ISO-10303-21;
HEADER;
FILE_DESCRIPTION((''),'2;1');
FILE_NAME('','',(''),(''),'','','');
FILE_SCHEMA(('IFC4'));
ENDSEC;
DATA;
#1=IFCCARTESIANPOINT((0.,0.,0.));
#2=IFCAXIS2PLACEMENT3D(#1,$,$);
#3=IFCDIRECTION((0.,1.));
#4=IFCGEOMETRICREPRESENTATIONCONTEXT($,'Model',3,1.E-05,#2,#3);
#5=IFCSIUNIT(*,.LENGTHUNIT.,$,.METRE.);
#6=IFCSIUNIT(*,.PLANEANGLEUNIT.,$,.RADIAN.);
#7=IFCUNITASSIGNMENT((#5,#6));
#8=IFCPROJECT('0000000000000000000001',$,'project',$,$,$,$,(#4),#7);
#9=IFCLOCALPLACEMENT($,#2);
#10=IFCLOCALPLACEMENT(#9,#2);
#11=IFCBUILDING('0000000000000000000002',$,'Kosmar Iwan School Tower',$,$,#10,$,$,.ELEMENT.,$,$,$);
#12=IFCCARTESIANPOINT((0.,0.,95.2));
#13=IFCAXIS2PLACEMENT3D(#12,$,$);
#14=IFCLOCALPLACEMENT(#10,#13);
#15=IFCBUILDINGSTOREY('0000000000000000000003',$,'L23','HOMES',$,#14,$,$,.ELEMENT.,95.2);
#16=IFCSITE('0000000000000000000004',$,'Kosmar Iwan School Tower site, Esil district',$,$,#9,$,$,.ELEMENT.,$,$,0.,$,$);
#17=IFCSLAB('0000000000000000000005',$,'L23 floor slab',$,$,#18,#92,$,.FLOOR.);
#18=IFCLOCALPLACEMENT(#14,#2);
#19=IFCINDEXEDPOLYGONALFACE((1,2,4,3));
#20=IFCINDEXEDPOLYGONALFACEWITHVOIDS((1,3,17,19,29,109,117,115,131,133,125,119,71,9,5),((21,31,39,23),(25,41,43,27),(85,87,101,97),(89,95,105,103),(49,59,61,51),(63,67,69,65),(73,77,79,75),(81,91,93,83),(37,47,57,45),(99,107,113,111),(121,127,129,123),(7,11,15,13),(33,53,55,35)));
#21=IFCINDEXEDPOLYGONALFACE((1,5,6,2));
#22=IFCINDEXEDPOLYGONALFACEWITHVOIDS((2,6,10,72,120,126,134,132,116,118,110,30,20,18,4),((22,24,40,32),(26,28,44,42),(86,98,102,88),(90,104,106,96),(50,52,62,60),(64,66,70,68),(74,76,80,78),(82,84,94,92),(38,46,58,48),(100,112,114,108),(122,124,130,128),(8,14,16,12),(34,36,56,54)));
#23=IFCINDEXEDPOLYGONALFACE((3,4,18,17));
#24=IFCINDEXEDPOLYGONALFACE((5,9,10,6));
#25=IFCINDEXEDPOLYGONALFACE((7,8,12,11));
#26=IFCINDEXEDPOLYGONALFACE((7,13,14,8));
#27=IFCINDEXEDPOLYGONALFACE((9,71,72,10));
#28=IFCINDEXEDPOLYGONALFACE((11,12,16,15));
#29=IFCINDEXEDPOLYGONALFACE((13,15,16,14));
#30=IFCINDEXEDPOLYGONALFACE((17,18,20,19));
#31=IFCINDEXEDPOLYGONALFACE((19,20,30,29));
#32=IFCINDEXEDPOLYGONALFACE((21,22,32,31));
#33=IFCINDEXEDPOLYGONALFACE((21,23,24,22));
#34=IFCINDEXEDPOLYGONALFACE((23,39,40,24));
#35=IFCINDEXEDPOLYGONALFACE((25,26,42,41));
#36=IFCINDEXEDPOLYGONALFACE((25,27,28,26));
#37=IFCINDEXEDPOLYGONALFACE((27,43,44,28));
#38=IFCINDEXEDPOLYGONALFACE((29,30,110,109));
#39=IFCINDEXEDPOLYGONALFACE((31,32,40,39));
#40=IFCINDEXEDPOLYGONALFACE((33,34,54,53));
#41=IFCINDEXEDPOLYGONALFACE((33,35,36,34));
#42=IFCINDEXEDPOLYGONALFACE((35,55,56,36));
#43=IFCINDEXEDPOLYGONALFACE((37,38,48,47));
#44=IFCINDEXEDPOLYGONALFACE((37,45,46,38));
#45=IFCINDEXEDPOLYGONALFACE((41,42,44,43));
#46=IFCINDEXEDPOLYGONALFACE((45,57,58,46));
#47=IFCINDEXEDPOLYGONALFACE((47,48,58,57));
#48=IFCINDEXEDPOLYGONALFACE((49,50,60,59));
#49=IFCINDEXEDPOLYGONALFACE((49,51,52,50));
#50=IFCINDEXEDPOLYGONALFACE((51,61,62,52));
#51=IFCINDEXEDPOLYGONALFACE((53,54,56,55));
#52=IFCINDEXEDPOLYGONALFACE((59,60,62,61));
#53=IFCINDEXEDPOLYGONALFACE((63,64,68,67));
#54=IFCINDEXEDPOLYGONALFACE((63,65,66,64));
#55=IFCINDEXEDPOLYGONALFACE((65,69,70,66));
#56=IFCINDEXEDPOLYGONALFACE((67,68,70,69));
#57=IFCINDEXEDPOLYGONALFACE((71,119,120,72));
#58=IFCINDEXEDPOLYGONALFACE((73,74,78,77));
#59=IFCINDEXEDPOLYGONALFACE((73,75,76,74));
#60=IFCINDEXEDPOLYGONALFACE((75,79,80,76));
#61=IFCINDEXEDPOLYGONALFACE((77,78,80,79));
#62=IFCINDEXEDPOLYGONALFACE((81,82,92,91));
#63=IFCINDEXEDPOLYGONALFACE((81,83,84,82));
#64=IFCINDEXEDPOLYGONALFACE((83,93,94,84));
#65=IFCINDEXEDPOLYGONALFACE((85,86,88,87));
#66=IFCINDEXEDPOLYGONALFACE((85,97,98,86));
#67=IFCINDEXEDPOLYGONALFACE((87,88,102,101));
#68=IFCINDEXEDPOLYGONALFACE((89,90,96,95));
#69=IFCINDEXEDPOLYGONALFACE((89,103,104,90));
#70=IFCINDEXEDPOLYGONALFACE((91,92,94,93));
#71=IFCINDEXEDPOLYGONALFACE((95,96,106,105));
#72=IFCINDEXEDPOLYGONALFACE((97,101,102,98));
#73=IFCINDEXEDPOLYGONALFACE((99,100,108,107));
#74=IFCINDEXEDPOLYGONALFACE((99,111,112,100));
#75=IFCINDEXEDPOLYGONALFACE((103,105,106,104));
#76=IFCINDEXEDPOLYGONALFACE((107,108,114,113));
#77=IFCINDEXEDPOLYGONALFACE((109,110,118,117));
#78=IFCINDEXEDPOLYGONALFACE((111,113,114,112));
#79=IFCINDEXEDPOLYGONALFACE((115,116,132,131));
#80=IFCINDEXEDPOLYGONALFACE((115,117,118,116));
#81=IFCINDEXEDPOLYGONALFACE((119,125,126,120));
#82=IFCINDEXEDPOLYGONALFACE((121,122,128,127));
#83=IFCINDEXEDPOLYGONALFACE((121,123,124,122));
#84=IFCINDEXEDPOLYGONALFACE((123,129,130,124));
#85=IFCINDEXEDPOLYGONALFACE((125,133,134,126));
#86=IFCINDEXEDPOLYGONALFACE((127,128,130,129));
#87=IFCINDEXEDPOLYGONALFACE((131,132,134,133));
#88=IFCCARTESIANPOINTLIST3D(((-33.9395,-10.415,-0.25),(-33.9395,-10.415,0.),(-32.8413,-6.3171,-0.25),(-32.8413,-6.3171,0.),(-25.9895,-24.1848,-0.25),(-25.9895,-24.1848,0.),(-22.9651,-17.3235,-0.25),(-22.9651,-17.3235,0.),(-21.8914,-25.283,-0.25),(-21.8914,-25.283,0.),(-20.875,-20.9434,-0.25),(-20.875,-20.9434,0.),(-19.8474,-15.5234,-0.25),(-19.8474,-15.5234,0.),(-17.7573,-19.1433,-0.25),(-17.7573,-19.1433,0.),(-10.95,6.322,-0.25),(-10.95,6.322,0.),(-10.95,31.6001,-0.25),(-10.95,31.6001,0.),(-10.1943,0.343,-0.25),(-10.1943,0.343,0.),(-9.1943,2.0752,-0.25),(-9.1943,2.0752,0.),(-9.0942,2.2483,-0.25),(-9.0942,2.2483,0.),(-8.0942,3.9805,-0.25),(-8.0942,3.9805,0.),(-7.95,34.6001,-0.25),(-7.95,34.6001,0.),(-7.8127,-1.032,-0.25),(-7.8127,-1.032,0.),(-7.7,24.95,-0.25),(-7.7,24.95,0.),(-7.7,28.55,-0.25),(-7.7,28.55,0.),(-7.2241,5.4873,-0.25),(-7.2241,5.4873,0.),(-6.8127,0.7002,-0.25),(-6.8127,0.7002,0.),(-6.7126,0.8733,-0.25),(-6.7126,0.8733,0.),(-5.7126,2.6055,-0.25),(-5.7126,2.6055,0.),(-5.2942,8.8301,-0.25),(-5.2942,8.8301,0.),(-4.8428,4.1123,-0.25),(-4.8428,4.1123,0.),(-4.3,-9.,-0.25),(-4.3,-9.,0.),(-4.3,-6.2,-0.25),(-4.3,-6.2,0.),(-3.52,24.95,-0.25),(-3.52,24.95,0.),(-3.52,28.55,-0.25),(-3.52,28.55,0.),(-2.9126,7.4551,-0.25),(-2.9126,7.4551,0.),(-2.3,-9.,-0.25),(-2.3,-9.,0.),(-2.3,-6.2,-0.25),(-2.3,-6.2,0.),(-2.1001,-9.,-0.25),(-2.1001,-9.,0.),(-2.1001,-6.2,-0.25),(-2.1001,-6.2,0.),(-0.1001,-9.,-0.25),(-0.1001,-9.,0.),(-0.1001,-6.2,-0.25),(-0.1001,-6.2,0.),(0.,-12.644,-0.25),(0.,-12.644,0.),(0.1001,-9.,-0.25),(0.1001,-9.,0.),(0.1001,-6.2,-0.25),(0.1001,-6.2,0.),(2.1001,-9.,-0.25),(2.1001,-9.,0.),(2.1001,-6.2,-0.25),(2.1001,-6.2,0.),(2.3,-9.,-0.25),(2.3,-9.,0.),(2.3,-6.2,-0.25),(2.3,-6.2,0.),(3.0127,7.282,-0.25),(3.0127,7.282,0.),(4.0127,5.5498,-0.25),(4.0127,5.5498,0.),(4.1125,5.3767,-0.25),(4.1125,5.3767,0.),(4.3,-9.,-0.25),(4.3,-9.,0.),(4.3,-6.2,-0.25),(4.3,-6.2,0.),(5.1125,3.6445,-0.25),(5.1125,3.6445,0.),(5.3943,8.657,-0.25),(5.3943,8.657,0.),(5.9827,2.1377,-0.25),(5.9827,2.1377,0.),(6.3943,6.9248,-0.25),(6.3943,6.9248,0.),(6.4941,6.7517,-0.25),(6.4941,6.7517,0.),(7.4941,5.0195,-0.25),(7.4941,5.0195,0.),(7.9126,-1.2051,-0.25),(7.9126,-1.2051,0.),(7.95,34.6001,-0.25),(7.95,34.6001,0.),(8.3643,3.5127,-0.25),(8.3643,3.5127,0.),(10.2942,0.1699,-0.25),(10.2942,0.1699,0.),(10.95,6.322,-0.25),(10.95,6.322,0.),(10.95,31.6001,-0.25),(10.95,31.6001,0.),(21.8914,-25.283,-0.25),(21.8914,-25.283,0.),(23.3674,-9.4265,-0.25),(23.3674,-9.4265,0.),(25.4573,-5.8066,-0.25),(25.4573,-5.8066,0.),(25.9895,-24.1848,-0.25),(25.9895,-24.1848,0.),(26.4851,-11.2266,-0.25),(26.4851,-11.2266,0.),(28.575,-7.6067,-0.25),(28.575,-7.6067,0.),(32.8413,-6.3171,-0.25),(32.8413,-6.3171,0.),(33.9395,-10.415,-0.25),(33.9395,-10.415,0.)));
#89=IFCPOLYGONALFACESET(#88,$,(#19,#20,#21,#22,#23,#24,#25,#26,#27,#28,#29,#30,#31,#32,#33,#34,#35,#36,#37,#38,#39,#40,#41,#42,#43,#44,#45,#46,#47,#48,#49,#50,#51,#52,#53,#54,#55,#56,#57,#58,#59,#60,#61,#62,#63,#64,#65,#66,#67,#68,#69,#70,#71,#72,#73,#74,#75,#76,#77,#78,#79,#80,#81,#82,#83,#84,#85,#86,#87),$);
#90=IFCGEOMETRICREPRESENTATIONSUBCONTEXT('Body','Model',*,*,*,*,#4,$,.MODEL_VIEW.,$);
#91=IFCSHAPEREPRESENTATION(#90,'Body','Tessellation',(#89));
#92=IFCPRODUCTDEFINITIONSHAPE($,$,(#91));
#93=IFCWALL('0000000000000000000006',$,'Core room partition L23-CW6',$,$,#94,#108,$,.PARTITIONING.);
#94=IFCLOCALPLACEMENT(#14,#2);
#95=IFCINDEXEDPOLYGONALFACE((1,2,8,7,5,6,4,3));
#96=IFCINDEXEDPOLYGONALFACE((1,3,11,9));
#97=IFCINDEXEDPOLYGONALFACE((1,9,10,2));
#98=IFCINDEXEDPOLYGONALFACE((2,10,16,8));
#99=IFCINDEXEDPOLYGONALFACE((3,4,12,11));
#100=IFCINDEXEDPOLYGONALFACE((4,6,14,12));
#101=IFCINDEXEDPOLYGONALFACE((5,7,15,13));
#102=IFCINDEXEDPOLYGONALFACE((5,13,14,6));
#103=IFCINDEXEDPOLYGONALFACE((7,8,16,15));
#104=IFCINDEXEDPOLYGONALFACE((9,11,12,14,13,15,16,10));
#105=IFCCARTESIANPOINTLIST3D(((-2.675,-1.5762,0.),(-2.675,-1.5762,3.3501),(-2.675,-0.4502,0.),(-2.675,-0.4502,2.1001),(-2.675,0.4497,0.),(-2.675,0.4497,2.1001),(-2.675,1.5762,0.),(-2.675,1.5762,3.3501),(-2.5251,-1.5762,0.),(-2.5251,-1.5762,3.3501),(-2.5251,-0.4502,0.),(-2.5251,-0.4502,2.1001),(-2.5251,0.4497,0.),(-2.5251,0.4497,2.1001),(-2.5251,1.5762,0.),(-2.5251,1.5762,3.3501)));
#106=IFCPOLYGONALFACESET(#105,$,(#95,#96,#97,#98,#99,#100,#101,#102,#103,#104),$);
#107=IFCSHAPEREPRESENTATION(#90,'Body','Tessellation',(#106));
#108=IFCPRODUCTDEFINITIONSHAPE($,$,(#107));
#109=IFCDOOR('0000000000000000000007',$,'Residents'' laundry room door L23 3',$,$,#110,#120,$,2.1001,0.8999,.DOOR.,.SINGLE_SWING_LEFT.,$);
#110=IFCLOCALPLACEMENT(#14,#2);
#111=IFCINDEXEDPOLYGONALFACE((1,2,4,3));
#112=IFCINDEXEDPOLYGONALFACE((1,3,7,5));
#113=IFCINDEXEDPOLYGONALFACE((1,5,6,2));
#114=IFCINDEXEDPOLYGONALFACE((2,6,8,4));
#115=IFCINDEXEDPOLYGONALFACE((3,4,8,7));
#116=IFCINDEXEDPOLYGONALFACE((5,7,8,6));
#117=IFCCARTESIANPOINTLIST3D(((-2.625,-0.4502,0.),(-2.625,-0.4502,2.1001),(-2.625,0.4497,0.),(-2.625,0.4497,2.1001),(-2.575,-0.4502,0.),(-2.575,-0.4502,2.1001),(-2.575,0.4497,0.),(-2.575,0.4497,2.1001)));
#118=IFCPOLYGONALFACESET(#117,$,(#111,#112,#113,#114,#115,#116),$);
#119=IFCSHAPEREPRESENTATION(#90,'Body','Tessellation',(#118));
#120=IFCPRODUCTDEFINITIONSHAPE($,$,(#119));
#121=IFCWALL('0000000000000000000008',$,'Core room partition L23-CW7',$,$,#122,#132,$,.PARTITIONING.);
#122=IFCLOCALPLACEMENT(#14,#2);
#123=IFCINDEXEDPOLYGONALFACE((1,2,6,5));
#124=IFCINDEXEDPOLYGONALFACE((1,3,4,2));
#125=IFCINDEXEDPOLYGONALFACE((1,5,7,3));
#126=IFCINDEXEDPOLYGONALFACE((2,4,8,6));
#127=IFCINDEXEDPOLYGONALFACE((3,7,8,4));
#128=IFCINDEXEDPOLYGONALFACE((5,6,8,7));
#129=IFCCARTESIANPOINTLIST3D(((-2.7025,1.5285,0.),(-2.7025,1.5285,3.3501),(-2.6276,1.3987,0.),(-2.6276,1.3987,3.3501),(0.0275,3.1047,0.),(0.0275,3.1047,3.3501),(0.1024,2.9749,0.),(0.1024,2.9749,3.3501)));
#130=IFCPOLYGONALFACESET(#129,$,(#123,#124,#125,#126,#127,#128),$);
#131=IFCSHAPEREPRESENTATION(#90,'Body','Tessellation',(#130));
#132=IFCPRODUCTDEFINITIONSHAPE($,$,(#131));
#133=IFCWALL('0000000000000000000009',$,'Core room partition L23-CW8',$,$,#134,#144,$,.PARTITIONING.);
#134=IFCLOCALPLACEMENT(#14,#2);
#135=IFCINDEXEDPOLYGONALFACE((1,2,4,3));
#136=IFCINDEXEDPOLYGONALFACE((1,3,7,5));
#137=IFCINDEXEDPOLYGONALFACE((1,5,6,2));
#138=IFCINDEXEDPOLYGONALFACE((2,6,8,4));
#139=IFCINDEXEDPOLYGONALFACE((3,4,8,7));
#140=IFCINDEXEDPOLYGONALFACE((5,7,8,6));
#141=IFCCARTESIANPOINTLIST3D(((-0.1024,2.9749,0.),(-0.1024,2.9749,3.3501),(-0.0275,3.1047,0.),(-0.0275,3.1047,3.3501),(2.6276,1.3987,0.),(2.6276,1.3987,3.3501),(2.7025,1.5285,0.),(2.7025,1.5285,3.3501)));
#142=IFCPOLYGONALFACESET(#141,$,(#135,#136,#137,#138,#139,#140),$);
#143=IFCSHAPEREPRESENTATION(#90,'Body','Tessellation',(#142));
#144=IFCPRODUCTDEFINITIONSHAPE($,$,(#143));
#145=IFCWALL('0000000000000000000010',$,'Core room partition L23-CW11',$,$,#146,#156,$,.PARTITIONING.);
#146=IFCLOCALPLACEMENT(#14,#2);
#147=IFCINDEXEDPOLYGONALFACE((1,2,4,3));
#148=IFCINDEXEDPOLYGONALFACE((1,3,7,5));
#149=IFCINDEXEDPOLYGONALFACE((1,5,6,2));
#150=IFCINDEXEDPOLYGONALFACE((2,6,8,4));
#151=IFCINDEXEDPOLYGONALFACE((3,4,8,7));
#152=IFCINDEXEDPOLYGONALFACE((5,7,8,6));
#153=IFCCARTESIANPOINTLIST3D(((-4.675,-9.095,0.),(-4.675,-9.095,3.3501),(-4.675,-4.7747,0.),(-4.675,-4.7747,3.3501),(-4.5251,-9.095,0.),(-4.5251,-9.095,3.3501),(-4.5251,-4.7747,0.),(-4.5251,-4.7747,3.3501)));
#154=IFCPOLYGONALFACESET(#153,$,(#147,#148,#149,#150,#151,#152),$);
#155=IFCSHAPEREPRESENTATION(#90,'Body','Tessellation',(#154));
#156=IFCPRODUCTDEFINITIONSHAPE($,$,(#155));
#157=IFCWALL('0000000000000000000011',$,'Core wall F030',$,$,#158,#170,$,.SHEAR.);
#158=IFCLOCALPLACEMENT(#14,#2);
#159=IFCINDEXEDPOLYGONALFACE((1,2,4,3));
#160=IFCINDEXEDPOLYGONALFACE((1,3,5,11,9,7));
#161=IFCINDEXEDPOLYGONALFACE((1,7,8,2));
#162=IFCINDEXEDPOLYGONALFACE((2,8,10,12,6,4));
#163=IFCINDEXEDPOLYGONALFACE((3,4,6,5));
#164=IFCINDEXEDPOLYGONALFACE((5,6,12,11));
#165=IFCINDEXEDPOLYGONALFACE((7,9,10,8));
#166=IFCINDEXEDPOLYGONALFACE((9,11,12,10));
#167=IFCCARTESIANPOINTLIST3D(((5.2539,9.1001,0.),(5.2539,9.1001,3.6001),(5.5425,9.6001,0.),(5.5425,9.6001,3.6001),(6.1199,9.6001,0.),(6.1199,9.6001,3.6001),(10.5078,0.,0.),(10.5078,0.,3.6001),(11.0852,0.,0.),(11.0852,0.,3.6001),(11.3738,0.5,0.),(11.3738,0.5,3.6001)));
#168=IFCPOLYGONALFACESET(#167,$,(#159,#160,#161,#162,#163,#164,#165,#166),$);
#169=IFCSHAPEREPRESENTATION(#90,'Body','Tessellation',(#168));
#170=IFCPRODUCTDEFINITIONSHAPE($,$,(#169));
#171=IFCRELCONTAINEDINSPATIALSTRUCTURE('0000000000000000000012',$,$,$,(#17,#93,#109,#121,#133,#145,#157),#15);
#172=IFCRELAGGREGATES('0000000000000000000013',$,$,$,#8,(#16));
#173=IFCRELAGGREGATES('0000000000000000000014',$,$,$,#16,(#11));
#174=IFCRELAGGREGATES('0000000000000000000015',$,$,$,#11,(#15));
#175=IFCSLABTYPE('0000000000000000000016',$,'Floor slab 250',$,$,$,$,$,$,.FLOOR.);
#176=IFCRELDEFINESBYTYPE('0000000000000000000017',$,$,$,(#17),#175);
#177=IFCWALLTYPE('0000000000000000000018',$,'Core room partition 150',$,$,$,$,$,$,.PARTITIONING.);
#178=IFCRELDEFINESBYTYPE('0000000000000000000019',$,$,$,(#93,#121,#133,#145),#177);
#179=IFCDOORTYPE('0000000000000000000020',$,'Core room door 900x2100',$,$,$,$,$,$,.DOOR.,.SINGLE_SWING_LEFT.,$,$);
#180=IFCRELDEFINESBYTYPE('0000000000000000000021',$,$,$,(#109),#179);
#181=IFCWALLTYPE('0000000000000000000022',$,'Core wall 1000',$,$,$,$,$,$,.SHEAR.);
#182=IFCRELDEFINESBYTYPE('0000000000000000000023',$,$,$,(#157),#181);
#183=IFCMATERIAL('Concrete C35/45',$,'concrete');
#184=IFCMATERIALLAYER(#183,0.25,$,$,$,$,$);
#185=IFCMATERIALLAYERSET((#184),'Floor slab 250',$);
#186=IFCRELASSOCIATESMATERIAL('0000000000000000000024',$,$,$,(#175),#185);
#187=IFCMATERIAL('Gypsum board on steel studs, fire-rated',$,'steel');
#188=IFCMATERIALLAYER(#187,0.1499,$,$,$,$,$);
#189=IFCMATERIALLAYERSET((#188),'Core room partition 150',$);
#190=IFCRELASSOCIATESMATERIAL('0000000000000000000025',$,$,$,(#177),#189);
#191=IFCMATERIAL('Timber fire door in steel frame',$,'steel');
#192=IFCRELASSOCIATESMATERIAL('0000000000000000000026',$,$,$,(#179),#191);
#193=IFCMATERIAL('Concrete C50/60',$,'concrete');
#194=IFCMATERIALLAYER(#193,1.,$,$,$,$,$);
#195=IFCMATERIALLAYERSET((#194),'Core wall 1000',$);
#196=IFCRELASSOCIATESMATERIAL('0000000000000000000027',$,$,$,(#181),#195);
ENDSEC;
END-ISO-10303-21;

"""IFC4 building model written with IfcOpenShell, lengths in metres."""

from ifc_helpers import new_model, si_unit, direction, frame, frame_2d, origin, place, context, subcontext, project, spatial, polyline, rectangle, outline, extrude, material, layer, layer_set, type_object, element, fill, save


model = new_model("IFC4")

# Units and contexts
model_context = context("Model", 3, precision=1e-05, world=origin(), true_north=direction((0.0, 1.0)))
body_context = subcontext(model_context, "Body", "Model", "MODEL_VIEW")
ifc_project = project(units=[si_unit("LENGTHUNIT", "METRE"), si_unit("PLANEANGLEUNIT", "RADIAN")], contexts=[model_context])

# Site, building, storey
site_placement = place(None, origin())
site = spatial("IfcSite", under=ifc_project, at=site_placement, Name="Kosmar Iwan School Tower site, Esil district", CompositionType="ELEMENT", RefElevation=0.0)
building_placement = place(site_placement, origin())
building = spatial("IfcBuilding", under=site, at=building_placement, Name="Kosmar Iwan School Tower", CompositionType="ELEMENT")
storey_placement = place(building_placement, frame((0.0, 0.0, 95.2)))
storey = spatial("IfcBuildingStorey", under=building, at=storey_placement, Name="L23", Description="HOMES", CompositionType="ELEMENT", Elevation=95.2)

# Slab
ifc_material_1 = material(Name="Concrete C35/45", Category="concrete")
ifc_layer_1 = layer(ifc_material_1, 0.25)
ifc_layer_set_1 = layer_set([ifc_layer_1], Name="Floor slab 250")
slab_type = type_object("IfcSlabType", Name="Floor slab 250", PredefinedType="FLOOR", material=ifc_layer_set_1)
slab_placement = place(storey_placement, frame((0.0, 0.0, -0.25)))
element("IfcSlab", 1, at=slab_placement, inside=storey, type_object=slab_type, Name="L23 floor slab", PredefinedType="FLOOR", context=body_context, shape_type="SweptSolid", body=[
    extrude(outline(polyline([(-21.8914, -25.283), (0.0, -12.644), (21.8914, -25.283), (25.9895, -24.1848), (33.9395, -10.415), (32.8413, -6.3171), (10.95, 6.322), (10.95, 31.6001), (7.95, 34.6001), (-7.95, 34.6001), (-10.95, 31.6001), (-10.95, 6.322), (-32.8413, -6.3171), (-33.9395, -10.415), (-25.9895, -24.1848), (-21.8914, -25.283)]), holes=[polyline([(7.9126, -1.2051), (10.2942, 0.1699), (8.3643, 3.5127), (5.9827, 2.1377), (7.9126, -1.2051)]), polyline([(-2.9126, 7.4551), (-5.2942, 8.8301), (-7.2241, 5.4873), (-4.8428, 4.1123), (-2.9126, 7.4551)]), polyline([(-5.7126, 2.6055), (-8.0942, 3.9805), (-9.0942, 2.2483), (-6.7126, 0.8733), (-5.7126, 2.6055)]), polyline([(-6.8127, 0.7002), (-9.1943, 2.0752), (-10.1943, 0.343), (-7.8127, -1.032), (-6.8127, 0.7002)]), polyline([(5.1125, 3.6445), (7.4941, 5.0195), (6.4941, 6.7517), (4.1125, 5.3767), (5.1125, 3.6445)]), polyline([(4.0127, 5.5498), (6.3943, 6.9248), (5.3943, 8.657), (3.0127, 7.282), (4.0127, 5.5498)]), polyline([(-4.3, -6.2), (-4.3, -9.0), (-2.3, -9.0), (-2.3, -6.2), (-4.3, -6.2)]), polyline([(-2.1001, -6.2), (-2.1001, -9.0), (-0.1001, -9.0), (-0.1001, -6.2), (-2.1001, -6.2)]), polyline([(0.1001, -6.2), (0.1001, -9.0), (2.1001, -9.0), (2.1001, -6.2), (0.1001, -6.2)]), polyline([(2.3, -6.2), (2.3, -9.0), (4.3, -9.0), (4.3, -6.2), (2.3, -6.2)]), polyline([(-3.52, 24.95), (-3.52, 28.55), (-7.7, 28.55), (-7.7, 24.95), (-3.52, 24.95)]), polyline([(-19.8474, -15.5234), (-22.9651, -17.3235), (-20.875, -20.9434), (-17.7573, -19.1433), (-19.8474, -15.5234)]), polyline([(23.3674, -9.4265), (26.4851, -11.2266), (28.575, -7.6067), (25.4573, -5.8066), (23.3674, -9.4265)])]), origin(), (0.0, 0.0, 1.0), 0.25),
])

# Wall, opening, door
ifc_material_2 = material(Name="Gypsum board on steel studs, fire-rated", Category="steel")
ifc_layer_2 = layer(ifc_material_2, 0.1499)
ifc_layer_set_2 = layer_set([ifc_layer_2], Name="Core room partition 150")
wall_type_1 = type_object("IfcWallType", Name="Core room partition 150", PredefinedType="PARTITIONING", material=ifc_layer_set_2)
wall_1_placement = place(storey_placement, frame((-2.6001, -1.5762, 0.0), z_axis=(0.0, 0.0, 1.0), x_axis=(0.0, 1.0, 0.0)))
wall_1 = element("IfcWall", 2, at=wall_1_placement, inside=storey, type_object=wall_type_1, Name="Core room partition L23-CW6", PredefinedType="PARTITIONING", context=body_context, shape_type="SweptSolid", body=[
    extrude(rectangle(XDim=3.1523, YDim=0.1499, at=frame_2d((1.5762, 0.0))), origin(), (0.0, 0.0, 1.0), 3.3501),
])
opening_1_placement = place(wall_1_placement, frame((1.126, 0.0, 0.0)))
opening_1 = element("IfcOpeningElement", 3, at=opening_1_placement, cuts=wall_1, PredefinedType="OPENING", context=body_context, shape_type="SweptSolid", body=[
    extrude(rectangle(XDim=0.8999, YDim=2.1001, at=frame_2d((0.45, 1.05))), frame((0.0, 0.0869, 0.0), z_axis=(0.0, -1.0, 0.0), x_axis=(1.0, 0.0, 0.0)), (0.0, 0.0, 1.0), 0.1738),
])
ifc_material_3 = material(Name="Timber fire door in steel frame", Category="steel")
door_type_1 = type_object("IfcDoorType", Name="Core room door 900x2100", OperationType="SINGLE_SWING_LEFT", PredefinedType="DOOR", material=ifc_material_3)
door_1_placement = place(opening_1_placement, origin())
door_1 = element("IfcDoor", 4, at=door_1_placement, inside=storey, type_object=door_type_1, Name="Residents' laundry room door L23 3", OperationType="SINGLE_SWING_LEFT", OverallHeight=2.1001, OverallWidth=0.8999, PredefinedType="DOOR", context=body_context, shape_type="SweptSolid", body=[
    extrude(rectangle(XDim=0.8999, YDim=2.1001, at=frame_2d((0.45, 1.05))), frame((0.0, 0.0249, 0.0), z_axis=(0.0, -1.0, 0.0), x_axis=(1.0, 0.0, 0.0)), (0.0, 0.0, 1.0), 0.05),
])
fill(opening_1, door_1)

# Walls
for number, where, z_axis, x_axis, name in (
    (5, (-2.665, 1.4636, 0.0), (0.0, 0.0, 1.0), (0.866023, 0.500004, 0.0), "Core room partition L23-CW7"),
    (6, (-0.0649, 3.0398, 0.0), (0.0, 0.0, 1.0), (0.866023, -0.500004, 0.0), "Core room partition L23-CW8"),
):
    element("IfcWall", number, at=place(storey_placement, frame(where, z_axis=z_axis, x_axis=x_axis)), inside=storey, type_object=wall_type_1, Name=name, PredefinedType="PARTITIONING", context=body_context, shape_type="SweptSolid", body=[
        extrude(rectangle(XDim=3.1523, YDim=0.1499, at=frame_2d((1.5762, 0.0))), origin(), (0.0, 0.0, 1.0), 3.3501),
    ])
wall_2_placement = place(storey_placement, frame((-4.6001, -4.7747, 0.0), z_axis=(0.0, 0.0, 1.0), x_axis=(0.0, -1.0, 0.0)))
element("IfcWall", 7, at=wall_2_placement, inside=storey, type_object=wall_type_1, Name="Core room partition L23-CW11", PredefinedType="PARTITIONING", context=body_context, shape_type="SweptSolid", body=[
    extrude(rectangle(XDim=4.3203, YDim=0.1499, at=frame_2d((2.1602, 0.0))), origin(), (0.0, 0.0, 1.0), 3.3501),
])
ifc_material_4 = material(Name="Concrete C50/60", Category="concrete")
ifc_layer_3 = layer(ifc_material_4, 1.0)
ifc_layer_set_3 = layer_set([ifc_layer_3], Name="Core wall 1000")
wall_type_2 = type_object("IfcWallType", Name="Core wall 1000", PredefinedType="SHEAR", material=ifc_layer_set_3)
wall_3_placement = place(storey_placement, origin())
element("IfcWall", 8, at=wall_3_placement, inside=storey, type_object=wall_type_2, Name="Core wall F030", PredefinedType="SHEAR", context=body_context, shape_type="SweptSolid", body=[
    extrude(outline(polyline([(10.5078, 0.0), (11.0852, 0.0), (11.3738, 0.5), (6.1199, 9.6001), (5.5425, 9.6001), (5.2539, 9.1001), (10.5078, 0.0)])), origin(), (0.0, 0.0, 1.0), 3.6001),
])

save(model, "model.ifc")
